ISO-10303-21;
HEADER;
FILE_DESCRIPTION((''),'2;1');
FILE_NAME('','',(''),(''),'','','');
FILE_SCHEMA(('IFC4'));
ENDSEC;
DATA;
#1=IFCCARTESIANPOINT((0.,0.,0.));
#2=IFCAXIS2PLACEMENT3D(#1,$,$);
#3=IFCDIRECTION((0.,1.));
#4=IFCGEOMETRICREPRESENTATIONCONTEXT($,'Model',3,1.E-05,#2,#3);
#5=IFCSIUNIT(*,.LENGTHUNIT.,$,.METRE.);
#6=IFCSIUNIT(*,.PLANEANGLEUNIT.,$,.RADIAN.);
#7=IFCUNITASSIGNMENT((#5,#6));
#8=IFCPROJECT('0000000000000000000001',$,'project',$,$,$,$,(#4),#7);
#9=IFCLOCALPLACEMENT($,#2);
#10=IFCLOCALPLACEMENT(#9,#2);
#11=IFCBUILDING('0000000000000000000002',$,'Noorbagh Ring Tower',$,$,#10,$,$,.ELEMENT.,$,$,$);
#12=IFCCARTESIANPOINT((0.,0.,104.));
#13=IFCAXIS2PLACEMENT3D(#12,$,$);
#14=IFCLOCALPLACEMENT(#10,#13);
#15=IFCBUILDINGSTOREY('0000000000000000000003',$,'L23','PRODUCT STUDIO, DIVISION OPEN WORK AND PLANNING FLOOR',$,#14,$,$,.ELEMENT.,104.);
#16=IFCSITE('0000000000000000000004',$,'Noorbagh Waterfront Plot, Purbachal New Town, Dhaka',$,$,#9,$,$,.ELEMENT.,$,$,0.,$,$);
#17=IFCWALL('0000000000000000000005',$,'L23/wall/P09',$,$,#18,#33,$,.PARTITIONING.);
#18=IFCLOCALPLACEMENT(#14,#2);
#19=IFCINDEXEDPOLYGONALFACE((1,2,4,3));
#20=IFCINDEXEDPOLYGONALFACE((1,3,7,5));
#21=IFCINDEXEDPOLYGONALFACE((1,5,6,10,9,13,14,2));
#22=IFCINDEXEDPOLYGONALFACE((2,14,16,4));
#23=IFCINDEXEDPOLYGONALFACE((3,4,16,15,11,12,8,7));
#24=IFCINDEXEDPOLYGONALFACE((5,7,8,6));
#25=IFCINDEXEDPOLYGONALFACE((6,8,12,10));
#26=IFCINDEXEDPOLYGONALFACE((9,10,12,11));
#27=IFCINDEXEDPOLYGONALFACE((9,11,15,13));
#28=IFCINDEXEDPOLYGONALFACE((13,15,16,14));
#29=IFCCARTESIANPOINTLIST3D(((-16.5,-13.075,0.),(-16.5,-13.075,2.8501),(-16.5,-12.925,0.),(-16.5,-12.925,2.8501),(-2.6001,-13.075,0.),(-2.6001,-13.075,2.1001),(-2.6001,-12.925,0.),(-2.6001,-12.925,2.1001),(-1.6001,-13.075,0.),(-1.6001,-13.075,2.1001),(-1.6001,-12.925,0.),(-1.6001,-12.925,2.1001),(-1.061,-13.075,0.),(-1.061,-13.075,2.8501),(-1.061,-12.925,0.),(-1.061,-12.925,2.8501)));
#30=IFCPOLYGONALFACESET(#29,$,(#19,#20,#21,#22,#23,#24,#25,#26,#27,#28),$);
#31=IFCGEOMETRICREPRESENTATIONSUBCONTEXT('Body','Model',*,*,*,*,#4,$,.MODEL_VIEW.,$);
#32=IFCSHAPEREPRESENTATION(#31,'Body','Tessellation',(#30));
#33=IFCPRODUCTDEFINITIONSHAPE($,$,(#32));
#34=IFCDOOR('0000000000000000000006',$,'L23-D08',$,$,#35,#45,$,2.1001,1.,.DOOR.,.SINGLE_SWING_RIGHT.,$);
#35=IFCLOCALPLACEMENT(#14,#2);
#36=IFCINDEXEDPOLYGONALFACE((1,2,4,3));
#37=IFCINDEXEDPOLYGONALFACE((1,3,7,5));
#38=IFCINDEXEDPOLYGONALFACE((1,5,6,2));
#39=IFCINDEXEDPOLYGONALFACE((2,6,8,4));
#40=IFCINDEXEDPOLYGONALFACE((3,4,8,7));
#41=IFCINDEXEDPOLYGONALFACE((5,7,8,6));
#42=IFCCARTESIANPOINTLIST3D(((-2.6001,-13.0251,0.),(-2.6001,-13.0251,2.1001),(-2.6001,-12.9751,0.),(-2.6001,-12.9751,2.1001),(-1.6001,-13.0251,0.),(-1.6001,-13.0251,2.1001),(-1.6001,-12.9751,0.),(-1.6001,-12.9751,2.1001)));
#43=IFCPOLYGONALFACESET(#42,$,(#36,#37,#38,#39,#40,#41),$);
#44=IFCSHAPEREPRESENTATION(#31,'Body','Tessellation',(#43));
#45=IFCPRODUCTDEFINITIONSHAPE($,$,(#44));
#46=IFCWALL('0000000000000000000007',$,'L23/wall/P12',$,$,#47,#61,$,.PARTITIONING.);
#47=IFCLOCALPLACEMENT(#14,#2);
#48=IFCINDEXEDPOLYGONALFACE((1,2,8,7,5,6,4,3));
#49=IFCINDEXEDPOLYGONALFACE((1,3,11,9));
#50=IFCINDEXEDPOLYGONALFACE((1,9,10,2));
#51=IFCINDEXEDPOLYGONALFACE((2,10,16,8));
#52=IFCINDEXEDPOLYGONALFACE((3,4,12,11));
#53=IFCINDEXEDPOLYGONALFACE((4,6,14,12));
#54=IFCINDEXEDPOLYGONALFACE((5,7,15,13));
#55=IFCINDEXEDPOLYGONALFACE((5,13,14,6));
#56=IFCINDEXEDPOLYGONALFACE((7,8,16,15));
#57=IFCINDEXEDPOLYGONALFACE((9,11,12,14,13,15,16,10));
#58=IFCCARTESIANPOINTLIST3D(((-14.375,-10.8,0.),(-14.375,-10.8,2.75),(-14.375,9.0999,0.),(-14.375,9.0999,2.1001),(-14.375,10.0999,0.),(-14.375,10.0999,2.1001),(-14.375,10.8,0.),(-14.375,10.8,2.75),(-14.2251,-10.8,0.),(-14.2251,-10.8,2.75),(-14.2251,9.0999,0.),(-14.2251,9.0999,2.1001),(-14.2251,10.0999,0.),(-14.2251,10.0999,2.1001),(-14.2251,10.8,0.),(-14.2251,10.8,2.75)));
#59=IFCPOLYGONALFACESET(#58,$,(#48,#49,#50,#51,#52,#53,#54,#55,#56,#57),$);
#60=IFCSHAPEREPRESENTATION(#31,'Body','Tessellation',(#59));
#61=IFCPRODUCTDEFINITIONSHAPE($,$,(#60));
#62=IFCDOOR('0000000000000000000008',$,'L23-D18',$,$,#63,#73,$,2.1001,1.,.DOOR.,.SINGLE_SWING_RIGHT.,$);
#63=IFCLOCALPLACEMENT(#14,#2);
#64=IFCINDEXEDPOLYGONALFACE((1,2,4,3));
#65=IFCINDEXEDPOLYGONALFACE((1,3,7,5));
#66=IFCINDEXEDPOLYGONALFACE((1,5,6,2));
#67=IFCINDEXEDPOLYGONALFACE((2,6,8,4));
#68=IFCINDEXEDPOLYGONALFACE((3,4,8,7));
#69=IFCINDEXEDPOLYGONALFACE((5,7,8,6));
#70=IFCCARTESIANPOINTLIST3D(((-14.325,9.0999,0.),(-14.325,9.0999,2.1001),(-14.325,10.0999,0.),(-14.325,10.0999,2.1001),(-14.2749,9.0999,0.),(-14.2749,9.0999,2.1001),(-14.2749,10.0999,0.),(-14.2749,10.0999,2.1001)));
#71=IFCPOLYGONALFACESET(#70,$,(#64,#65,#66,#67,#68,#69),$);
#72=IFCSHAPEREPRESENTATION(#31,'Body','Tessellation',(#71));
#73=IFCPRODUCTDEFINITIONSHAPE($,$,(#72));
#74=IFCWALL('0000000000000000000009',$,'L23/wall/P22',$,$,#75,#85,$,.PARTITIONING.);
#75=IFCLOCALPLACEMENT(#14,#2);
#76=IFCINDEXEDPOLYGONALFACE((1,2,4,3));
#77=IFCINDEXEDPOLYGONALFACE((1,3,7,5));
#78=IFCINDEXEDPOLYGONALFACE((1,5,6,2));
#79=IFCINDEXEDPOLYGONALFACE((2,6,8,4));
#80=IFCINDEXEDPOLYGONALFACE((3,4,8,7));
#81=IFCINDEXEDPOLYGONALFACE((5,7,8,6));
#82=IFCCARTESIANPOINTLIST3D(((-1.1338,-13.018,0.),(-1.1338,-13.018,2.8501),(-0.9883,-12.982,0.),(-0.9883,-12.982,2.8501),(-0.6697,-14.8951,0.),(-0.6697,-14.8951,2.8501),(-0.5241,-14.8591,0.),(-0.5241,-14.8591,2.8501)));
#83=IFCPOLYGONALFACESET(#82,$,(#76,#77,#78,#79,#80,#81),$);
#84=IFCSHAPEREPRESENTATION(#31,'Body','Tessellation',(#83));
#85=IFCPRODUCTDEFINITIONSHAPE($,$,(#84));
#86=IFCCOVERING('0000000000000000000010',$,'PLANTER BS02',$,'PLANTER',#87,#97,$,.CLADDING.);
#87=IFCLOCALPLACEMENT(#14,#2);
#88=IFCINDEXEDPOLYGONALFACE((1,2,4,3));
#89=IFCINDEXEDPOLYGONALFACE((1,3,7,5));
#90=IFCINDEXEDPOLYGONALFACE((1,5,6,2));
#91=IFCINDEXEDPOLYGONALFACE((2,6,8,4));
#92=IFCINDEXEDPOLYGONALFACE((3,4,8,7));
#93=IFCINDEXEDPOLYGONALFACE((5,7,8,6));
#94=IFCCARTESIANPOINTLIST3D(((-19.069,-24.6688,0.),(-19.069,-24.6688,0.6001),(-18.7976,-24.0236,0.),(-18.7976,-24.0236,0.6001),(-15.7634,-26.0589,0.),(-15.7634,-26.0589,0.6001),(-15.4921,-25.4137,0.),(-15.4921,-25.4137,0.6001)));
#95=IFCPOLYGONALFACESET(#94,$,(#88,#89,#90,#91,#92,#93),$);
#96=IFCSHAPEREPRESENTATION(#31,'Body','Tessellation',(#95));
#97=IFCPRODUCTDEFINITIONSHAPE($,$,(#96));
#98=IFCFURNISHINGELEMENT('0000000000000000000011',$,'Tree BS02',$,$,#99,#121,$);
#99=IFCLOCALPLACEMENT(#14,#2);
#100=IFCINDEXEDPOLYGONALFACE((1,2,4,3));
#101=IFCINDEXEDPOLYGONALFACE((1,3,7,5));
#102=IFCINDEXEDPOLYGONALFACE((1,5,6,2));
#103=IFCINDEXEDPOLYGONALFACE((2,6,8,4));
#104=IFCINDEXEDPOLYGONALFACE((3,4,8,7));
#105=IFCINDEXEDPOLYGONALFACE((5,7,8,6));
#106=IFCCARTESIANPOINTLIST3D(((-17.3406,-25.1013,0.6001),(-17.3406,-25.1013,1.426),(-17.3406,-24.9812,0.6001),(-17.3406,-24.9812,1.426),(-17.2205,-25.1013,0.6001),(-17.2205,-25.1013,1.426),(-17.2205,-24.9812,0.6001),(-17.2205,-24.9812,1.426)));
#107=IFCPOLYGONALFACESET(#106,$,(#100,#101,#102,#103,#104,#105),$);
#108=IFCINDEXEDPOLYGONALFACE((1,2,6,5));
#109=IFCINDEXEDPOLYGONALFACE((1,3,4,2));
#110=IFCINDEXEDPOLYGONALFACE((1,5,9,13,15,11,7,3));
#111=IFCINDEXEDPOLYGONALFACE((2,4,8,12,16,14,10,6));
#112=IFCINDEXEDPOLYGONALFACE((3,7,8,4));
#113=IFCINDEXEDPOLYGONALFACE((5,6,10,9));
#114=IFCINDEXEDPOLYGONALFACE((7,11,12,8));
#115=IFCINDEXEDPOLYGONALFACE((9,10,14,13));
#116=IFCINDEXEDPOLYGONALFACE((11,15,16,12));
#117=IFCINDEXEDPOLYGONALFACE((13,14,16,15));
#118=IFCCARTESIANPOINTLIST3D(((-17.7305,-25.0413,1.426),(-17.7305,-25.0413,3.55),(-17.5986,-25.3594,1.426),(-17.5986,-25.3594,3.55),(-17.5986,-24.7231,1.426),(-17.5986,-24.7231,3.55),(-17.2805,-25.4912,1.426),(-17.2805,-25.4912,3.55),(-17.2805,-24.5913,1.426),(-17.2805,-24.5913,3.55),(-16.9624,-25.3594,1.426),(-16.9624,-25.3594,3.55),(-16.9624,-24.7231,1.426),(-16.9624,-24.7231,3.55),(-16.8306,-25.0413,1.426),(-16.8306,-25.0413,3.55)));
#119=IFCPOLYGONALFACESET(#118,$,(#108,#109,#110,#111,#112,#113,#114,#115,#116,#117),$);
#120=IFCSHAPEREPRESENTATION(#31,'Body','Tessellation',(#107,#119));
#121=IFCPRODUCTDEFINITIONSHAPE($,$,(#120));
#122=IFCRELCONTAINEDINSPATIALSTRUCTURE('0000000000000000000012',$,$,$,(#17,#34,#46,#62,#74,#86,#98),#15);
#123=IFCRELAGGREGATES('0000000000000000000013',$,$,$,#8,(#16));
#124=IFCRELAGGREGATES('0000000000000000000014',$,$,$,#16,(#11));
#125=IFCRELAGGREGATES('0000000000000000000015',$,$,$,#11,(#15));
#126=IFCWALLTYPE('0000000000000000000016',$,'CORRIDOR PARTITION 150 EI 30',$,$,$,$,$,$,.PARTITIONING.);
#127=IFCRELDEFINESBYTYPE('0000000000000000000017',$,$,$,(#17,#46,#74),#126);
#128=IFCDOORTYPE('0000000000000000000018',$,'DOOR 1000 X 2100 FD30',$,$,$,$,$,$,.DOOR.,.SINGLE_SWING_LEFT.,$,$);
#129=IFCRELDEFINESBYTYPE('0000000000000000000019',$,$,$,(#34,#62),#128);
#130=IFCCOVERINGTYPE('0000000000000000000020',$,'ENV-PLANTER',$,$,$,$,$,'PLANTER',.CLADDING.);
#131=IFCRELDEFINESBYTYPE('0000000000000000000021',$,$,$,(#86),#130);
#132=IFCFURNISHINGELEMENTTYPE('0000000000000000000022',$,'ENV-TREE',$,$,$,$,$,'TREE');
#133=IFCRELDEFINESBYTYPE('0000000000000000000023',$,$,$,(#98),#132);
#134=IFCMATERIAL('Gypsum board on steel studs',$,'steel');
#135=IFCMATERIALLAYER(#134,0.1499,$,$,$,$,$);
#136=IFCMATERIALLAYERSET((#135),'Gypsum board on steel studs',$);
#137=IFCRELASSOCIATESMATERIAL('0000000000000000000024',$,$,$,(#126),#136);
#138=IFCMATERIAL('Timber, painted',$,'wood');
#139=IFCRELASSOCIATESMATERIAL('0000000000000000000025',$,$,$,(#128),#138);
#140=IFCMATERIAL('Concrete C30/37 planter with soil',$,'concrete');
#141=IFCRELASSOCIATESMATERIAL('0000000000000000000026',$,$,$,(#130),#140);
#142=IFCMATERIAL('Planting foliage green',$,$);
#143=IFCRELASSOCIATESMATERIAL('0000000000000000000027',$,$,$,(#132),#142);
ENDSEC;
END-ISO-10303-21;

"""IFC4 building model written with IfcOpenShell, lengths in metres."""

from ifc_helpers import new_model, si_unit, direction, frame, frame_2d, origin, origin_2d, place, context, subcontext, project, spatial, polyline, rectangle, outline, extrude, material, layer, layer_set, type_object, element, fill, save


model = new_model("IFC4")

# Units and contexts
model_context = context("Model", 3, precision=1e-05, world=origin(), true_north=direction((0.0, 1.0)))
body_context = subcontext(model_context, "Body", "Model", "MODEL_VIEW")
ifc_project = project(units=[si_unit("LENGTHUNIT", "METRE"), si_unit("PLANEANGLEUNIT", "RADIAN")], contexts=[model_context])

# Site, building, storey
site_placement = place(None, origin())
site = spatial("IfcSite", under=ifc_project, at=site_placement, Name="Noorbagh Waterfront Plot, Purbachal New Town, Dhaka", CompositionType="ELEMENT", RefElevation=0.0)
building_placement = place(site_placement, origin())
building = spatial("IfcBuilding", under=site, at=building_placement, Name="Noorbagh Ring Tower", CompositionType="ELEMENT")
storey_placement = place(building_placement, frame((0.0, 0.0, 104.0)))
storey = spatial("IfcBuildingStorey", under=building, at=storey_placement, Name="L23", Description="PRODUCT STUDIO, DIVISION OPEN WORK AND PLANNING FLOOR", CompositionType="ELEMENT", Elevation=104.0)

# Shared definitions
ifc_material_1 = material(Name="Gypsum board on steel studs", Category="steel")
ifc_layer = layer(ifc_material_1, 0.1499)
ifc_layer_set = layer_set([ifc_layer], Name="Gypsum board on steel studs")
wall_type = type_object("IfcWallType", Name="CORRIDOR PARTITION 150 EI 30", PredefinedType="PARTITIONING", material=ifc_layer_set)

# Walls, openings, doors
wall_1_placement = place(storey_placement, frame((-16.5, -13.0, 0.0), z_axis=(0.0, 0.0, 1.0), x_axis=(1.0, 0.0, 0.0)))
wall_1 = element("IfcWall", 1, at=wall_1_placement, inside=storey, type_object=wall_type, Name="L23/wall/P09", PredefinedType="PARTITIONING", context=body_context, shape_type="SweptSolid", body=[
    extrude(rectangle(XDim=15.439, YDim=0.1499, at=frame_2d((7.7195, 0.0))), origin(), (0.0, 0.0, 1.0), 2.8501),
])
opening_1_placement = place(wall_1_placement, frame((13.8999, 0.0, 0.0)))
opening_1 = element("IfcOpeningElement", 2, at=opening_1_placement, cuts=wall_1, PredefinedType="OPENING", context=body_context, shape_type="SweptSolid", body=[
    extrude(rectangle(XDim=1.0, YDim=2.1001, at=frame_2d((0.5, 1.05))), frame((0.0, 0.085, 0.0), z_axis=(0.0, -1.0, 0.0), x_axis=(1.0, 0.0, 0.0)), (0.0, 0.0, 1.0), 0.1699),
])
ifc_material_2 = material(Name="Timber, painted", Category="wood")
door_type = type_object("IfcDoorType", Name="DOOR 1000 X 2100 FD30", OperationType="SINGLE_SWING_LEFT", PredefinedType="DOOR", material=ifc_material_2)
door_1_placement = place(opening_1_placement, origin())
door_1 = element("IfcDoor", 3, at=door_1_placement, inside=storey, type_object=door_type, Name="L23-D08", OperationType="SINGLE_SWING_RIGHT", OverallHeight=2.1001, OverallWidth=1.0, PredefinedType="DOOR", context=body_context, shape_type="SweptSolid", body=[
    extrude(rectangle(XDim=1.0, YDim=2.1001, at=frame_2d((0.5, 1.05))), frame((0.0, 0.0249, 0.0), z_axis=(0.0, -1.0, 0.0), x_axis=(1.0, 0.0, 0.0)), (0.0, 0.0, 1.0), 0.05),
])
fill(opening_1, door_1)
wall_2_placement = place(storey_placement, frame((-14.3, -10.8, 0.0), z_axis=(0.0, 0.0, 1.0), x_axis=(0.0, 1.0, 0.0)))
wall_2 = element("IfcWall", 4, at=wall_2_placement, inside=storey, type_object=wall_type, Name="L23/wall/P12", PredefinedType="PARTITIONING", context=body_context, shape_type="SweptSolid", body=[
    extrude(rectangle(XDim=21.6001, YDim=0.1499, at=frame_2d((10.8, 0.0))), origin(), (0.0, 0.0, 1.0), 2.75),
])
opening_2_placement = place(wall_2_placement, frame((19.8999, 0.0, 0.0)))
opening_2 = element("IfcOpeningElement", 5, at=opening_2_placement, cuts=wall_2, PredefinedType="OPENING", context=body_context, shape_type="SweptSolid", body=[
    extrude(rectangle(XDim=1.0, YDim=2.1001, at=frame_2d((0.5, 1.05))), frame((0.0, 0.085, 0.0), z_axis=(0.0, -1.0, 0.0), x_axis=(1.0, 0.0, 0.0)), (0.0, 0.0, 1.0), 0.1699),
])
door_2_placement = place(opening_2_placement, origin())
door_2 = element("IfcDoor", 6, at=door_2_placement, inside=storey, type_object=door_type, Name="L23-D18", OperationType="SINGLE_SWING_RIGHT", OverallHeight=2.1001, OverallWidth=1.0, PredefinedType="DOOR", context=body_context, shape_type="SweptSolid", body=[
    extrude(rectangle(XDim=1.0, YDim=2.1001, at=frame_2d((0.5, 1.05))), frame((0.0, 0.0249, 0.0), z_axis=(0.0, -1.0, 0.0), x_axis=(1.0, 0.0, 0.0)), (0.0, 0.0, 1.0), 0.05),
])
fill(opening_2, door_2)

# Wall
wall_3_placement = place(storey_placement, frame((-1.061, -13.0, 0.0), z_axis=(0.0, 0.0, 1.0), x_axis=(0.240039, -0.970763, 0.0)))
element("IfcWall", 7, at=wall_3_placement, inside=storey, type_object=wall_type, Name="L23/wall/P22", PredefinedType="PARTITIONING", context=body_context, shape_type="SweptSolid", body=[
    extrude(rectangle(XDim=1.9336, YDim=0.1499, at=frame_2d((0.9668, 0.0))), origin(), (0.0, 0.0, 1.0), 2.8501),
])

# Covering
ifc_material_3 = material(Name="Concrete C30/37 planter with soil", Category="concrete")
covering_type = type_object("IfcCoveringType", Name="ENV-PLANTER", ElementType="PLANTER", PredefinedType="CLADDING", material=ifc_material_3)
covering_placement = place(storey_placement, frame((-17.2805, -25.0413, 0.0), z_axis=(0.0, 0.0, 1.0), x_axis=(0.921812, -0.387638, 0.0)))
element("IfcCovering", 8, at=covering_placement, inside=storey, type_object=covering_type, Name="PLANTER BS02", ObjectType="PLANTER", PredefinedType="CLADDING", context=body_context, shape_type="SweptSolid", body=[
    extrude(rectangle(XDim=3.5859, YDim=0.7, at=origin_2d()), origin(), (0.0, 0.0, 1.0), 0.6001),
])

# Furnishing element
ifc_material_4 = material(Name="Planting foliage green")
furnishing_element_type = type_object("IfcFurnishingElementType", Name="ENV-TREE", ElementType="TREE", material=ifc_material_4)
furnishing_placement = place(storey_placement, frame((-17.2805, -25.0413, 0.6001), z_axis=(0.0, 0.0, 1.0), x_axis=(1.0, 0.0, 0.0)))
element("IfcFurnishingElement", 9, at=furnishing_placement, inside=storey, type_object=furnishing_element_type, Name="Tree BS02", context=body_context, shape_type="SweptSolid", body=[
    extrude(rectangle(XDim=0.1201, YDim=0.1201, at=origin_2d()), origin(), (0.0, 0.0, 1.0), 0.8259),
    extrude(outline(polyline([(0.45, 0.0), (0.3181, 0.3181), (0.0, 0.45), (-0.3181, 0.3181), (-0.45, 0.0), (-0.3181, -0.3181), (0.0, -0.45), (0.3181, -0.3181), (0.45, 0.0)])), frame((0.0, 0.0, 0.8259)), (0.0, 0.0, 1.0), 2.124),
])

save(model, "model.ifc")
